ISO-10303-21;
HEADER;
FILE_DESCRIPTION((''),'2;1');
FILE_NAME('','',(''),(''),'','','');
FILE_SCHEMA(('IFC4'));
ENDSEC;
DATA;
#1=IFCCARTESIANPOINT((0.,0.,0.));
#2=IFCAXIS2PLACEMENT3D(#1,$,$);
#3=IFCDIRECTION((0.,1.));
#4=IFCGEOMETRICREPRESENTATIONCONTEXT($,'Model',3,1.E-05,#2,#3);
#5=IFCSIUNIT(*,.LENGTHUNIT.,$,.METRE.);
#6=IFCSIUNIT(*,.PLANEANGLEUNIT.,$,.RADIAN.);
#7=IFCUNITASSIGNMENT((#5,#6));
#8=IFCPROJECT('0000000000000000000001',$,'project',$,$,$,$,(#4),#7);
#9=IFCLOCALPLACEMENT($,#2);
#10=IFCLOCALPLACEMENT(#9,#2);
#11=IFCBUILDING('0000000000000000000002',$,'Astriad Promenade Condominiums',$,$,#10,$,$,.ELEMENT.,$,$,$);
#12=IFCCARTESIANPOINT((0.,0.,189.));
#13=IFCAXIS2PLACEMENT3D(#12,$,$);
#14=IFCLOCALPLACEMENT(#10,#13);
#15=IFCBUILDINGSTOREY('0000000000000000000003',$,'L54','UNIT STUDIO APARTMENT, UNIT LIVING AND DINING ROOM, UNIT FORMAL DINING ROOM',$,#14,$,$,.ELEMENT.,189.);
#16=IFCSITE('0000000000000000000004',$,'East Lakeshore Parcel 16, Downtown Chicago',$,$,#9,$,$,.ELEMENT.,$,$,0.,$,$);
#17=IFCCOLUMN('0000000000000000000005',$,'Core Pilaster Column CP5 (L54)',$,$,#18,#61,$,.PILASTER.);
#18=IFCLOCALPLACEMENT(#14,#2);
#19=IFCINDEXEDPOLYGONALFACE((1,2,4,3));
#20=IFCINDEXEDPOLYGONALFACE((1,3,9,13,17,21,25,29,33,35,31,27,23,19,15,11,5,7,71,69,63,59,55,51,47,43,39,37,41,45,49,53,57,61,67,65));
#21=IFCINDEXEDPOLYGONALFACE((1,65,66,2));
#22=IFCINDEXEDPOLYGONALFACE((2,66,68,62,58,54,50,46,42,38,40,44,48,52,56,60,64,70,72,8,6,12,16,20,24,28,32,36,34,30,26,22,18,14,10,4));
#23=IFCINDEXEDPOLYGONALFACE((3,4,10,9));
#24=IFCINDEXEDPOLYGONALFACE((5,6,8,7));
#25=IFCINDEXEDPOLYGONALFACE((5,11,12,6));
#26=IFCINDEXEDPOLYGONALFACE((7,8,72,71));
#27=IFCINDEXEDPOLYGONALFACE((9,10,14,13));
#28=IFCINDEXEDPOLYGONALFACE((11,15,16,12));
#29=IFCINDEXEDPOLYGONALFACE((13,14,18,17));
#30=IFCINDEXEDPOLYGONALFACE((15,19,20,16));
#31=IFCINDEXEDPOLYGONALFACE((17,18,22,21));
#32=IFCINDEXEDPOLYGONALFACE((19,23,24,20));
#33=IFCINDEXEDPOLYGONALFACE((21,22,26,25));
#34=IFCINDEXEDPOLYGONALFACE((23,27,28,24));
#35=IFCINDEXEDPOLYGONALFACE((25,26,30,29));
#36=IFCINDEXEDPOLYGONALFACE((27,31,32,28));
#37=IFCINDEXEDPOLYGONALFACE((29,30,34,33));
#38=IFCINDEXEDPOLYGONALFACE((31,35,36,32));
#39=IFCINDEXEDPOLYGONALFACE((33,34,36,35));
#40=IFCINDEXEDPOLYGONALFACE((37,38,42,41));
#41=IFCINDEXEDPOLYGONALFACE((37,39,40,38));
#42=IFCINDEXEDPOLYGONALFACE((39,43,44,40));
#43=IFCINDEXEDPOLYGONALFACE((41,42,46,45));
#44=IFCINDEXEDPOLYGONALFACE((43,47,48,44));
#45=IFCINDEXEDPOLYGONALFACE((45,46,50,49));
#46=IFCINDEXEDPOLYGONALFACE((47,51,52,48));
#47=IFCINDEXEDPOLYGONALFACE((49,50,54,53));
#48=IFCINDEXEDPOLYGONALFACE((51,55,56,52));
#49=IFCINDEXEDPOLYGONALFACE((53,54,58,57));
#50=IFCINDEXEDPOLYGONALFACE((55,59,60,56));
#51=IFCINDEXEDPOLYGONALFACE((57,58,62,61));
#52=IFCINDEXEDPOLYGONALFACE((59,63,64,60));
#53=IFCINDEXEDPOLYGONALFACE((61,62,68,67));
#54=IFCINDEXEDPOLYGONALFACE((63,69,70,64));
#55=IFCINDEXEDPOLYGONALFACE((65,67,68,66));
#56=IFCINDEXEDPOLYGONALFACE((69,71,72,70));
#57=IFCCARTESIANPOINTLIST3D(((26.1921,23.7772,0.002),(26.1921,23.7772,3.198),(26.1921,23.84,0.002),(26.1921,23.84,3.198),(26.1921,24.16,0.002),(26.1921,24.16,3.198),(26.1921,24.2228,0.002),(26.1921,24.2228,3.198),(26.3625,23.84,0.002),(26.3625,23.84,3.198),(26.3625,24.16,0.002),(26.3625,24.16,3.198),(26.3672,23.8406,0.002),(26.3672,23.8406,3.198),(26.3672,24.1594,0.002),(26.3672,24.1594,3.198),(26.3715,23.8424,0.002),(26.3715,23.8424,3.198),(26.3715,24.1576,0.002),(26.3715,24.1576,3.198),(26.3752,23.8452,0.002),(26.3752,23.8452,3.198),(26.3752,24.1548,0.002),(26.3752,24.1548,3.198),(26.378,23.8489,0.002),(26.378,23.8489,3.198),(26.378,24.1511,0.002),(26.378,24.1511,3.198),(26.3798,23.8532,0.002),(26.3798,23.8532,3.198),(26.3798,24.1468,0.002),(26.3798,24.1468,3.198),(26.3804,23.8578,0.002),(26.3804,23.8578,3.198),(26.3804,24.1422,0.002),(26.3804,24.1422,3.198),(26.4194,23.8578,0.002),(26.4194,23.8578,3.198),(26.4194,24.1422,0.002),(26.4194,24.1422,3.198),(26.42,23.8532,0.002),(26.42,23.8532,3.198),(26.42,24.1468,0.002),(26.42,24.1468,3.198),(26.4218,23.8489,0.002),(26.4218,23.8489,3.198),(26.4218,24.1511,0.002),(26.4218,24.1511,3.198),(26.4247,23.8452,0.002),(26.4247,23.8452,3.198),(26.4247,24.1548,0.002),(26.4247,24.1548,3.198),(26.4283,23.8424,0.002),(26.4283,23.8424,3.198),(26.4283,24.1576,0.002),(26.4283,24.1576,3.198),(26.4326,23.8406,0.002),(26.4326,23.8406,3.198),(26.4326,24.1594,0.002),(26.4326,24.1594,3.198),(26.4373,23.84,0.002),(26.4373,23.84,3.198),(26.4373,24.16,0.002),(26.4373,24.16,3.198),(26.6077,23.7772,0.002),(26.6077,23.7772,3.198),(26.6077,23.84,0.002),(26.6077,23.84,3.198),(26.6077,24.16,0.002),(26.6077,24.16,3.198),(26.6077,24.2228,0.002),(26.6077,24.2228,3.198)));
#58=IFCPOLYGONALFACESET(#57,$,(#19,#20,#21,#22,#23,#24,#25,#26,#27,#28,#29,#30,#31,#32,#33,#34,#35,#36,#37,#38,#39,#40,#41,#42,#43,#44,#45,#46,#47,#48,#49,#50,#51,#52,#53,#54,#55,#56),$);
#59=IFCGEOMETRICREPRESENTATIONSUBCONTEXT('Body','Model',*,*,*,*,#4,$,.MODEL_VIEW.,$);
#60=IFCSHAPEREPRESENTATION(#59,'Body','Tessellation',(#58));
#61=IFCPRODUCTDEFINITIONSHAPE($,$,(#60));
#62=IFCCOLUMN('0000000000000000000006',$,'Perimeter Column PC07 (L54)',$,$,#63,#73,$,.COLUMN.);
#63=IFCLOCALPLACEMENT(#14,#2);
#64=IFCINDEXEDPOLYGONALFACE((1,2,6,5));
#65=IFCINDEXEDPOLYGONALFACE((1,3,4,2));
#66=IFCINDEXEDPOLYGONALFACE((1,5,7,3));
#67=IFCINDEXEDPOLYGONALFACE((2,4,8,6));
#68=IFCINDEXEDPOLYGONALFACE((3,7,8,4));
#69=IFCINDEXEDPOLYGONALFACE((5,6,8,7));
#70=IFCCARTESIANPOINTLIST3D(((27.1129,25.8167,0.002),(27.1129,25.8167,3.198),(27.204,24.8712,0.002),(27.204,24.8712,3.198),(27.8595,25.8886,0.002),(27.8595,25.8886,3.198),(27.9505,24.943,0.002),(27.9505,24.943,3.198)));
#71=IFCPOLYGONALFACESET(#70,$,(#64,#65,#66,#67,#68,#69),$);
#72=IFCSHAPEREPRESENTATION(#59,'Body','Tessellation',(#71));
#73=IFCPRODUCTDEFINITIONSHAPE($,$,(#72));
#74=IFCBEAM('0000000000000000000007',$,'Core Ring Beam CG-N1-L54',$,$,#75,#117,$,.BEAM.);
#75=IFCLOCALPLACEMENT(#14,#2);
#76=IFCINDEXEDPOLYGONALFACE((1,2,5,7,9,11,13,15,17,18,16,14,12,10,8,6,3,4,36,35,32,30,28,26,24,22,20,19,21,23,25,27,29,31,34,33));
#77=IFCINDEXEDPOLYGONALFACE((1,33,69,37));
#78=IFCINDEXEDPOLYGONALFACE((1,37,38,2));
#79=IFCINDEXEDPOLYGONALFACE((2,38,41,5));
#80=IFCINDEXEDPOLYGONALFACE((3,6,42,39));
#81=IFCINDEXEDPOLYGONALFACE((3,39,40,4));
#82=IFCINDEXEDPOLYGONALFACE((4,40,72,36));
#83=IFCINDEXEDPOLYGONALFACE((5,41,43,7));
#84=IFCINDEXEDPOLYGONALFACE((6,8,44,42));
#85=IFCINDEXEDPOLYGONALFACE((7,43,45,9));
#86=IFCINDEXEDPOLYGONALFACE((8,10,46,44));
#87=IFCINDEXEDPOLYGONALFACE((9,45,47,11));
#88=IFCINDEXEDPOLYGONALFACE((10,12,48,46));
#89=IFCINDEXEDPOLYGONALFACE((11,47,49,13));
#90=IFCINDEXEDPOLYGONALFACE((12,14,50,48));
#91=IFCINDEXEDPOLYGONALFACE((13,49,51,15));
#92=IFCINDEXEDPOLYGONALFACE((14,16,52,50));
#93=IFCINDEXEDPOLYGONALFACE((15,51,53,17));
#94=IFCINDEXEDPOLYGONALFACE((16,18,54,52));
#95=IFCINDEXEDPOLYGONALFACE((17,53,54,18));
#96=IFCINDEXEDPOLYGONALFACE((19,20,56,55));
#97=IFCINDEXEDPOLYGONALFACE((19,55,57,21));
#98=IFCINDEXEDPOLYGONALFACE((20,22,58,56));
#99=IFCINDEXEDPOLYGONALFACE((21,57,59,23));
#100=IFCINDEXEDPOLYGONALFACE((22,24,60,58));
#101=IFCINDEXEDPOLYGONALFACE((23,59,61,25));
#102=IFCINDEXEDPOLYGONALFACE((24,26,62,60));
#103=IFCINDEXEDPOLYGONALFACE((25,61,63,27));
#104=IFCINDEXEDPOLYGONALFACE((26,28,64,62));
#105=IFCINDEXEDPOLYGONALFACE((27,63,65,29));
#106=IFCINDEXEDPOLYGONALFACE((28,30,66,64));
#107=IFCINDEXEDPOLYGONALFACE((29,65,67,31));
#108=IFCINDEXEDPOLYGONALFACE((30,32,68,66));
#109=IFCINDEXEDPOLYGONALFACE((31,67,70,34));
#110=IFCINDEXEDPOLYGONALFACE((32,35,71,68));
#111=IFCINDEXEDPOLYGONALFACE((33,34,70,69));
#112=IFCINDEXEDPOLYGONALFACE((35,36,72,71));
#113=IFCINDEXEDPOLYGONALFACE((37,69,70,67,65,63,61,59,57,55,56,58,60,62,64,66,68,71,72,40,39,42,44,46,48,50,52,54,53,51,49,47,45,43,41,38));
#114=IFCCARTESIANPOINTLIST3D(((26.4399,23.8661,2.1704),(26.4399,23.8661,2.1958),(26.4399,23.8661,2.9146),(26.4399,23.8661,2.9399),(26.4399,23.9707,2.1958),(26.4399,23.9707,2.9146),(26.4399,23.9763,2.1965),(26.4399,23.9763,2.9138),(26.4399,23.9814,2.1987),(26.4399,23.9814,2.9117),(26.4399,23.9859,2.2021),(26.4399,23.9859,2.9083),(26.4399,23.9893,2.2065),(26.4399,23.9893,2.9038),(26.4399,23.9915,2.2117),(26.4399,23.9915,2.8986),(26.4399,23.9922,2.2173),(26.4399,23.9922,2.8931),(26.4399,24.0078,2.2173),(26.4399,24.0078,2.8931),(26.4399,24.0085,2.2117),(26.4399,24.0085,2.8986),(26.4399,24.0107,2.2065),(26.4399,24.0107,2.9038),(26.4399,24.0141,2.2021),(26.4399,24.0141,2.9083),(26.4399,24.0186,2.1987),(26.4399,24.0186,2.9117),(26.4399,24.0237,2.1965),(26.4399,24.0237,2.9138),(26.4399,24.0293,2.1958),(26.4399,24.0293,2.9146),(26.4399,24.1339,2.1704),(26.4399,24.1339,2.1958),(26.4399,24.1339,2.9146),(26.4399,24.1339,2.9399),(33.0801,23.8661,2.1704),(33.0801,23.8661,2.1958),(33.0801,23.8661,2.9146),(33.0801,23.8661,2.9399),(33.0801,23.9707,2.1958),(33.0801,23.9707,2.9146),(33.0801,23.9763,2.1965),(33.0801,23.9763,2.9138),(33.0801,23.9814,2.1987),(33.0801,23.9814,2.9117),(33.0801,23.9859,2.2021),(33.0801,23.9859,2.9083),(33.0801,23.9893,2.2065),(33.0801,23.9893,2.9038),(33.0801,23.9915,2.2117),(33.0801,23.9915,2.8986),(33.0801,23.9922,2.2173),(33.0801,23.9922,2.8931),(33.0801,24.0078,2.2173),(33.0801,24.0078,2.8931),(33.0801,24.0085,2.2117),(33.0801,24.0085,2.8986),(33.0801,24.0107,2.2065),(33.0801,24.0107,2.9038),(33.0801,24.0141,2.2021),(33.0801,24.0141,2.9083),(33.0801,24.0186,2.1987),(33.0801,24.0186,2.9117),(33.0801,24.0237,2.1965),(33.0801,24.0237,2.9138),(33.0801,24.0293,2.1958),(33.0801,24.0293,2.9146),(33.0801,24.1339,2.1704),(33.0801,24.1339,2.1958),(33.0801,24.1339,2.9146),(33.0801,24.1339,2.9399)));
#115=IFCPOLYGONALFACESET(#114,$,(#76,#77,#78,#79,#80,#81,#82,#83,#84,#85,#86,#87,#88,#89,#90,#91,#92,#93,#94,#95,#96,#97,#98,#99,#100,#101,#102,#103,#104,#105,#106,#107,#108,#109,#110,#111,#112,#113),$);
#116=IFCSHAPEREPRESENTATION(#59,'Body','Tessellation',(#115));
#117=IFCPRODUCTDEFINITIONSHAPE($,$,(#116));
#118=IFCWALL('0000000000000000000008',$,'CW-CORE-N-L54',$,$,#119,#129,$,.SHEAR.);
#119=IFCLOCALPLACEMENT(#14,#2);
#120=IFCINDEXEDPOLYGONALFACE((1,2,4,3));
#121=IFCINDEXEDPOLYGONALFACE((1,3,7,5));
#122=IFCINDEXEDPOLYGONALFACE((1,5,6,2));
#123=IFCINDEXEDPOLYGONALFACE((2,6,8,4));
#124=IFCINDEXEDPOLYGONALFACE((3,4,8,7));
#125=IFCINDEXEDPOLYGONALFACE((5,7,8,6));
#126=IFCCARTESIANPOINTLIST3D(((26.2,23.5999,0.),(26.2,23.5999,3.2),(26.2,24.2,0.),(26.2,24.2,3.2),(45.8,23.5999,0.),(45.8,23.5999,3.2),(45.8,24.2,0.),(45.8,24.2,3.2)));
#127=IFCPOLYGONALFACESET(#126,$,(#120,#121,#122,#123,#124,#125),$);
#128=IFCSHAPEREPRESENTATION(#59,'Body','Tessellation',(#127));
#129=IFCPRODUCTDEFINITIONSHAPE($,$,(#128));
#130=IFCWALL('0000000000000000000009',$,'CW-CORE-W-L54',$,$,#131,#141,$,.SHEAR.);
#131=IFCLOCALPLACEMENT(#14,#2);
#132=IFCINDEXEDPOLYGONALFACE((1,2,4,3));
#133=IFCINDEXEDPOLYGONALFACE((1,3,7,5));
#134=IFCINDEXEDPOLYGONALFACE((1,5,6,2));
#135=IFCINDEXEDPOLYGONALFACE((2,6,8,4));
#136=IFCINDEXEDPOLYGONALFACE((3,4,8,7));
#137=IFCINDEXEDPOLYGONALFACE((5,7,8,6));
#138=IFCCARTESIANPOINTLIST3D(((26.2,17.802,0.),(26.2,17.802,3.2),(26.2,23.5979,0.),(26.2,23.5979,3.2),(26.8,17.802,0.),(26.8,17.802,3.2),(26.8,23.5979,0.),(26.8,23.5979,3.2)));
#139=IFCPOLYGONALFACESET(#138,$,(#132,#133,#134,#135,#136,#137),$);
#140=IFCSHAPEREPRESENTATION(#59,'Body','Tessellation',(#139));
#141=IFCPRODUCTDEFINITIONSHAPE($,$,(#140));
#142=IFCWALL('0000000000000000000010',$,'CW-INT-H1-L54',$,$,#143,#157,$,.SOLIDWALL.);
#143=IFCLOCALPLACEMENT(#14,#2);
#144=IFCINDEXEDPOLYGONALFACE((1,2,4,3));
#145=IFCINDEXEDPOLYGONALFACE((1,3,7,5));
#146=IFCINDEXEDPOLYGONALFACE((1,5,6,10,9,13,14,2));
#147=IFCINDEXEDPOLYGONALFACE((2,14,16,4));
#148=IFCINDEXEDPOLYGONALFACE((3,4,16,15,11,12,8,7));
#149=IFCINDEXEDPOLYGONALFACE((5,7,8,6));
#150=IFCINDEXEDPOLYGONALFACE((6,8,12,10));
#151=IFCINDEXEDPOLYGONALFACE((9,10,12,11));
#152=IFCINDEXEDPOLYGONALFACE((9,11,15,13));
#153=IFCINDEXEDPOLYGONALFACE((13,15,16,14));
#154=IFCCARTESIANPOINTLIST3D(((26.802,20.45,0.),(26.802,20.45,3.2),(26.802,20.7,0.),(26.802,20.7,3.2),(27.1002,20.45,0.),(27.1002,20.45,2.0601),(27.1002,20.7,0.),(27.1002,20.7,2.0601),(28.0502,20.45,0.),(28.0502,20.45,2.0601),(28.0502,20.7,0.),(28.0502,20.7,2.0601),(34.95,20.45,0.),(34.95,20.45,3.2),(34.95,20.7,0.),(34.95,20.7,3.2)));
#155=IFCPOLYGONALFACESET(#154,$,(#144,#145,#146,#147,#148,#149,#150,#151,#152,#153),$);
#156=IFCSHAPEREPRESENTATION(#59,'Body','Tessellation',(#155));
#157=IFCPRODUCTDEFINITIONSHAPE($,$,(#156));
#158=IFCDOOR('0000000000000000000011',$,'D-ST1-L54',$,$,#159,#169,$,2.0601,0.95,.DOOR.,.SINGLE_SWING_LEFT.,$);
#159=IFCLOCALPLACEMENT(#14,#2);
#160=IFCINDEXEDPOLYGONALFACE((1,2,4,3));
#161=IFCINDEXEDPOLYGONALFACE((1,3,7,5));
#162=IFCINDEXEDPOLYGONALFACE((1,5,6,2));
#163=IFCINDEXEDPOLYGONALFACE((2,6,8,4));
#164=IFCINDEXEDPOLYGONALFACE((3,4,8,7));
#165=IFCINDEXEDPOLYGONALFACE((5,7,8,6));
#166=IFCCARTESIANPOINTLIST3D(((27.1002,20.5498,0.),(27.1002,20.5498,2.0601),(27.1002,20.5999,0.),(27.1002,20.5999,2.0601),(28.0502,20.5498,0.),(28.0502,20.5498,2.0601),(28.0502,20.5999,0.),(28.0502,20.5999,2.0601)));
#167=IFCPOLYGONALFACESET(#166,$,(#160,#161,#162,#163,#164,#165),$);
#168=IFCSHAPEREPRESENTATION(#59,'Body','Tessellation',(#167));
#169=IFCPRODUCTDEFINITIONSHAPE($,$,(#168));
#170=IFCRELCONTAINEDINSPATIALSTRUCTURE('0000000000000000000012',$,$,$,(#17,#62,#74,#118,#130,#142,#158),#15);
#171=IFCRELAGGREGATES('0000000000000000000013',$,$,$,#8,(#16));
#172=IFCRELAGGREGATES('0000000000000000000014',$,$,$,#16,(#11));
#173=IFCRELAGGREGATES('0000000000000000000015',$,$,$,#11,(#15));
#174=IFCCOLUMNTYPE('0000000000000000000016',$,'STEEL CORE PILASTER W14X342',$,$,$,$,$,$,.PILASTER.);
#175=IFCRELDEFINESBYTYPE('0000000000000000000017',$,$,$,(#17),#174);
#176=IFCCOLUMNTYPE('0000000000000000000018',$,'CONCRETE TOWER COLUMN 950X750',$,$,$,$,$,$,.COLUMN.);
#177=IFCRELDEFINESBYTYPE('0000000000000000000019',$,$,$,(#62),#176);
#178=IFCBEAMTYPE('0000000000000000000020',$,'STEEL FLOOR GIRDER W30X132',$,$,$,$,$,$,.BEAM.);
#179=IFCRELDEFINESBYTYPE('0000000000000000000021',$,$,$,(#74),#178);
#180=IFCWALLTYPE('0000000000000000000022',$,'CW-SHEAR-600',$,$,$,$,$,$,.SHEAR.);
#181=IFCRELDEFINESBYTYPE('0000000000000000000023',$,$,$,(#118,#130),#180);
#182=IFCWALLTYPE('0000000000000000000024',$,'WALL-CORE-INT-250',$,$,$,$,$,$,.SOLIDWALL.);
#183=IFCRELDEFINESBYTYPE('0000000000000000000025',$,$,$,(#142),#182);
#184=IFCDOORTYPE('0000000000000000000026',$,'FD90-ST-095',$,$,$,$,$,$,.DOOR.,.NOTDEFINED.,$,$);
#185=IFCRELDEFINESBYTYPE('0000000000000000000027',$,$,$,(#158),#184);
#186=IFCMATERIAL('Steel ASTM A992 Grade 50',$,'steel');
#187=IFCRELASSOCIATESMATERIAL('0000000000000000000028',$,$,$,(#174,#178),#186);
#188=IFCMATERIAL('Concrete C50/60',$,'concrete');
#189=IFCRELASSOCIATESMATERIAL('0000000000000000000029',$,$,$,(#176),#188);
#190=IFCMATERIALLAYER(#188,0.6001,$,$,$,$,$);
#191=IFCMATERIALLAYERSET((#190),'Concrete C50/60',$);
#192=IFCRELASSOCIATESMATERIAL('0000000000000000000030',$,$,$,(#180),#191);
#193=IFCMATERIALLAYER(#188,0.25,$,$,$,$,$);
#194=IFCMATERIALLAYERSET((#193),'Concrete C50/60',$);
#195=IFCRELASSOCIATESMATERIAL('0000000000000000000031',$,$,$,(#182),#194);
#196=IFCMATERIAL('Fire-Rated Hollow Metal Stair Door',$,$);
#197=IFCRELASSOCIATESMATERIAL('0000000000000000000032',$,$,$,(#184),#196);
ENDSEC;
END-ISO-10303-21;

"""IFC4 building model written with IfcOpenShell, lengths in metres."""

from ifc_helpers import new_model, si_unit, direction, frame, frame_2d, origin, origin_2d, place, context, subcontext, project, spatial, rectangle, i_section, extrude, source, transform, mapped, material, layer, layer_set, material_profile, profile_set, type_object, type_shapes, element, fill, save


model = new_model("IFC4")

# Units and contexts
model_context = context("Model", 3, precision=1e-05, world=origin(), true_north=direction((0.0, 1.0)))
body_context = subcontext(model_context, "Body", "Model", "MODEL_VIEW")
ifc_project = project(units=[si_unit("LENGTHUNIT", "METRE"), si_unit("PLANEANGLEUNIT", "RADIAN")], contexts=[model_context])

# Site, building, storey
site_placement = place(None, origin())
site = spatial("IfcSite", under=ifc_project, at=site_placement, Name="East Lakeshore Parcel 16, Downtown Chicago", CompositionType="ELEMENT", RefElevation=0.0)
building_placement = place(site_placement, origin())
building = spatial("IfcBuilding", under=site, at=building_placement, Name="Astriad Promenade Condominiums", CompositionType="ELEMENT")
storey_placement = place(building_placement, frame((0.0, 0.0, 189.0)))
storey = spatial("IfcBuildingStorey", under=building, at=storey_placement, Name="L54", Description="UNIT STUDIO APARTMENT, UNIT LIVING AND DINING ROOM, UNIT FORMAL DINING ROOM", CompositionType="ELEMENT", Elevation=189.0)

# Columns
ifc_material_1 = material(Name="Steel ASTM A992 Grade 50", Category="steel")
ifc_material_profile_1 = material_profile(ifc_material_1, i_section(OverallWidth=0.4155, OverallDepth=0.4456, WebThickness=0.0391, FlangeThickness=0.0627, FilletRadius=0.0178, at=origin_2d()), Name="W14X342")
ifc_profile_set_1 = profile_set([ifc_material_profile_1], Name="Steel ASTM A992 Grade 50")
column_type_1 = type_object("IfcColumnType", Name="STEEL CORE PILASTER W14X342", PredefinedType="PILASTER", material=ifc_profile_set_1)
shared_shape_1 = source(origin(), body_context, "Body", "SweptSolid", [
    extrude(i_section(OverallWidth=0.4155, OverallDepth=0.4456, WebThickness=0.0391, FlangeThickness=0.0627, FilletRadius=0.0178, at=origin_2d()), origin(), (0.0, 0.0, 1.0), 3.196),
])
type_shapes(column_type_1, [shared_shape_1])
column_1_placement = place(storey_placement, frame((26.3999, 24.0, 0.002), z_axis=(0.0, 0.0, 1.0), x_axis=(1.0, 0.0, 0.0)))
element("IfcColumn", 1, at=column_1_placement, inside=storey, type_object=column_type_1, Name="Core Pilaster Column CP5 (L54)", PredefinedType="PILASTER", context=body_context, shape_type="MappedRepresentation", body=[
    mapped(shared_shape_1, transform((0.0, 0.0, 0.0), scale=1.0)),
])
ifc_material_2 = material(Name="Concrete C50/60", Category="concrete")
ifc_material_profile_2 = material_profile(ifc_material_2, rectangle(XDim=0.75, YDim=0.95, at=origin_2d()), Name="RC-COL-950X750")
ifc_profile_set_2 = profile_set([ifc_material_profile_2], Name="Concrete C50/60")
column_type_2 = type_object("IfcColumnType", Name="CONCRETE TOWER COLUMN 950X750", PredefinedType="COLUMN", material=ifc_profile_set_2)
shared_shape_2 = source(origin(), body_context, "Body", "SweptSolid", [
    extrude(rectangle(XDim=0.75, YDim=0.95, at=origin_2d()), origin(), (0.0, 0.0, 1.0), 3.196),
])
type_shapes(column_type_2, [shared_shape_2])
column_2_placement = place(storey_placement, frame((27.5317, 25.3799, 0.002), z_axis=(0.0, 0.0, 1.0), x_axis=(0.995396, 0.095846, 0.0)))
element("IfcColumn", 2, at=column_2_placement, inside=storey, type_object=column_type_2, Name="Perimeter Column PC07 (L54)", PredefinedType="COLUMN", context=body_context, shape_type="MappedRepresentation", body=[
    mapped(shared_shape_2, transform((0.0, 0.0, 0.0), scale=1.0)),
])

# Beam
ifc_material_profile_3 = material_profile(ifc_material_1, i_section(OverallWidth=0.2678, OverallDepth=0.7695, WebThickness=0.0156, FlangeThickness=0.0254, FilletRadius=0.0215, at=origin_2d()), Name="W30X132")
ifc_profile_set_3 = profile_set([ifc_material_profile_3], Name="Steel ASTM A992 Grade 50")
beam_type = type_object("IfcBeamType", Name="STEEL FLOOR GIRDER W30X132", PredefinedType="BEAM", material=ifc_profile_set_3)
shared_shape_3 = source(origin(), body_context, "Body", "SweptSolid", [
    extrude(i_section(OverallWidth=0.2678, OverallDepth=0.7695, WebThickness=0.0156, FlangeThickness=0.0254, FilletRadius=0.0215, at=origin_2d()), origin(), (0.0, 0.0, 1.0), 6.6401),
])
type_shapes(beam_type, [shared_shape_3])
beam_placement = place(storey_placement, frame((26.4399, 24.0, 2.5552), z_axis=(1.0, 0.0, 0.0), x_axis=(0.0, 1.0, 0.0)))
element("IfcBeam", 3, at=beam_placement, inside=storey, type_object=beam_type, Name="Core Ring Beam CG-N1-L54", PredefinedType="BEAM", context=body_context, shape_type="MappedRepresentation", body=[
    mapped(shared_shape_3, transform((0.0, 0.0, 0.0), scale=1.0)),
])

# Walls
ifc_layer_1 = layer(ifc_material_2, 0.6001)
ifc_layer_set_1 = layer_set([ifc_layer_1], Name="Concrete C50/60")
wall_type_1 = type_object("IfcWallType", Name="CW-SHEAR-600", PredefinedType="SHEAR", material=ifc_layer_set_1)
wall_1_placement = place(storey_placement, frame((26.2, 23.8999, 0.0), z_axis=(0.0, 0.0, 1.0), x_axis=(1.0, 0.0, 0.0)))
element("IfcWall", 4, at=wall_1_placement, inside=storey, type_object=wall_type_1, Name="CW-CORE-N-L54", PredefinedType="SHEAR", context=body_context, shape_type="SweptSolid", body=[
    extrude(rectangle(XDim=19.6001, YDim=0.6001, at=frame_2d((9.8, 0.0))), origin(), (0.0, 0.0, 1.0), 3.2),
])
wall_2_placement = place(storey_placement, frame((26.5, 17.802, 0.0), z_axis=(0.0, 0.0, 1.0), x_axis=(0.0, 1.0, 0.0)))
element("IfcWall", 5, at=wall_2_placement, inside=storey, type_object=wall_type_1, Name="CW-CORE-W-L54", PredefinedType="SHEAR", context=body_context, shape_type="SweptSolid", body=[
    extrude(rectangle(XDim=5.7959, YDim=0.6001, at=frame_2d((2.8979, 0.0))), origin(), (0.0, 0.0, 1.0), 3.2),
])

# Wall, opening, door
ifc_layer_2 = layer(ifc_material_2, 0.25)
ifc_layer_set_2 = layer_set([ifc_layer_2], Name="Concrete C50/60")
wall_type_2 = type_object("IfcWallType", Name="WALL-CORE-INT-250", PredefinedType="SOLIDWALL", material=ifc_layer_set_2)
wall_3_placement = place(storey_placement, frame((26.802, 20.575, 0.0), z_axis=(0.0, 0.0, 1.0), x_axis=(1.0, 0.0, 0.0)))
wall_3 = element("IfcWall", 6, at=wall_3_placement, inside=storey, type_object=wall_type_2, Name="CW-INT-H1-L54", PredefinedType="SOLIDWALL", context=body_context, shape_type="SweptSolid", body=[
    extrude(rectangle(XDim=8.1479, YDim=0.25, at=frame_2d((4.074, 0.0))), origin(), (0.0, 0.0, 1.0), 3.2),
])
opening_placement = place(wall_3_placement, frame((0.2981, 0.0, 0.0)))
opening = element("IfcOpeningElement", 7, at=opening_placement, cuts=wall_3, PredefinedType="OPENING", context=body_context, shape_type="SweptSolid", body=[
    extrude(rectangle(XDim=0.95, YDim=2.0601, at=frame_2d((0.4751, 1.03))), frame((0.0, 0.135, 0.0), z_axis=(0.0, -1.0, 0.0), x_axis=(1.0, 0.0, 0.0)), (0.0, 0.0, 1.0), 0.27),
])
ifc_material_3 = material(Name="Fire-Rated Hollow Metal Stair Door")
door_type = type_object("IfcDoorType", Name="FD90-ST-095", OperationType="NOTDEFINED", PredefinedType="DOOR", material=ifc_material_3)
shared_shape_4 = source(origin(), body_context, "Body", "SweptSolid", [
    extrude(rectangle(XDim=0.95, YDim=2.0601, at=frame_2d((0.4751, 1.03))), frame((0.0, 0.0249, 0.0), z_axis=(0.0, -1.0, 0.0), x_axis=(1.0, 0.0, 0.0)), (0.0, 0.0, 1.0), 0.05),
])
type_shapes(door_type, [shared_shape_4])
door_placement = place(opening_placement, origin())
door = element("IfcDoor", 8, at=door_placement, inside=storey, type_object=door_type, Name="D-ST1-L54", OperationType="SINGLE_SWING_LEFT", OverallHeight=2.0601, OverallWidth=0.95, PredefinedType="DOOR", context=body_context, shape_type="MappedRepresentation", body=[
    mapped(shared_shape_4, transform((0.0, 0.0, 0.0), scale=1.0)),
])
fill(opening, door)

save(model, "model.ifc")
